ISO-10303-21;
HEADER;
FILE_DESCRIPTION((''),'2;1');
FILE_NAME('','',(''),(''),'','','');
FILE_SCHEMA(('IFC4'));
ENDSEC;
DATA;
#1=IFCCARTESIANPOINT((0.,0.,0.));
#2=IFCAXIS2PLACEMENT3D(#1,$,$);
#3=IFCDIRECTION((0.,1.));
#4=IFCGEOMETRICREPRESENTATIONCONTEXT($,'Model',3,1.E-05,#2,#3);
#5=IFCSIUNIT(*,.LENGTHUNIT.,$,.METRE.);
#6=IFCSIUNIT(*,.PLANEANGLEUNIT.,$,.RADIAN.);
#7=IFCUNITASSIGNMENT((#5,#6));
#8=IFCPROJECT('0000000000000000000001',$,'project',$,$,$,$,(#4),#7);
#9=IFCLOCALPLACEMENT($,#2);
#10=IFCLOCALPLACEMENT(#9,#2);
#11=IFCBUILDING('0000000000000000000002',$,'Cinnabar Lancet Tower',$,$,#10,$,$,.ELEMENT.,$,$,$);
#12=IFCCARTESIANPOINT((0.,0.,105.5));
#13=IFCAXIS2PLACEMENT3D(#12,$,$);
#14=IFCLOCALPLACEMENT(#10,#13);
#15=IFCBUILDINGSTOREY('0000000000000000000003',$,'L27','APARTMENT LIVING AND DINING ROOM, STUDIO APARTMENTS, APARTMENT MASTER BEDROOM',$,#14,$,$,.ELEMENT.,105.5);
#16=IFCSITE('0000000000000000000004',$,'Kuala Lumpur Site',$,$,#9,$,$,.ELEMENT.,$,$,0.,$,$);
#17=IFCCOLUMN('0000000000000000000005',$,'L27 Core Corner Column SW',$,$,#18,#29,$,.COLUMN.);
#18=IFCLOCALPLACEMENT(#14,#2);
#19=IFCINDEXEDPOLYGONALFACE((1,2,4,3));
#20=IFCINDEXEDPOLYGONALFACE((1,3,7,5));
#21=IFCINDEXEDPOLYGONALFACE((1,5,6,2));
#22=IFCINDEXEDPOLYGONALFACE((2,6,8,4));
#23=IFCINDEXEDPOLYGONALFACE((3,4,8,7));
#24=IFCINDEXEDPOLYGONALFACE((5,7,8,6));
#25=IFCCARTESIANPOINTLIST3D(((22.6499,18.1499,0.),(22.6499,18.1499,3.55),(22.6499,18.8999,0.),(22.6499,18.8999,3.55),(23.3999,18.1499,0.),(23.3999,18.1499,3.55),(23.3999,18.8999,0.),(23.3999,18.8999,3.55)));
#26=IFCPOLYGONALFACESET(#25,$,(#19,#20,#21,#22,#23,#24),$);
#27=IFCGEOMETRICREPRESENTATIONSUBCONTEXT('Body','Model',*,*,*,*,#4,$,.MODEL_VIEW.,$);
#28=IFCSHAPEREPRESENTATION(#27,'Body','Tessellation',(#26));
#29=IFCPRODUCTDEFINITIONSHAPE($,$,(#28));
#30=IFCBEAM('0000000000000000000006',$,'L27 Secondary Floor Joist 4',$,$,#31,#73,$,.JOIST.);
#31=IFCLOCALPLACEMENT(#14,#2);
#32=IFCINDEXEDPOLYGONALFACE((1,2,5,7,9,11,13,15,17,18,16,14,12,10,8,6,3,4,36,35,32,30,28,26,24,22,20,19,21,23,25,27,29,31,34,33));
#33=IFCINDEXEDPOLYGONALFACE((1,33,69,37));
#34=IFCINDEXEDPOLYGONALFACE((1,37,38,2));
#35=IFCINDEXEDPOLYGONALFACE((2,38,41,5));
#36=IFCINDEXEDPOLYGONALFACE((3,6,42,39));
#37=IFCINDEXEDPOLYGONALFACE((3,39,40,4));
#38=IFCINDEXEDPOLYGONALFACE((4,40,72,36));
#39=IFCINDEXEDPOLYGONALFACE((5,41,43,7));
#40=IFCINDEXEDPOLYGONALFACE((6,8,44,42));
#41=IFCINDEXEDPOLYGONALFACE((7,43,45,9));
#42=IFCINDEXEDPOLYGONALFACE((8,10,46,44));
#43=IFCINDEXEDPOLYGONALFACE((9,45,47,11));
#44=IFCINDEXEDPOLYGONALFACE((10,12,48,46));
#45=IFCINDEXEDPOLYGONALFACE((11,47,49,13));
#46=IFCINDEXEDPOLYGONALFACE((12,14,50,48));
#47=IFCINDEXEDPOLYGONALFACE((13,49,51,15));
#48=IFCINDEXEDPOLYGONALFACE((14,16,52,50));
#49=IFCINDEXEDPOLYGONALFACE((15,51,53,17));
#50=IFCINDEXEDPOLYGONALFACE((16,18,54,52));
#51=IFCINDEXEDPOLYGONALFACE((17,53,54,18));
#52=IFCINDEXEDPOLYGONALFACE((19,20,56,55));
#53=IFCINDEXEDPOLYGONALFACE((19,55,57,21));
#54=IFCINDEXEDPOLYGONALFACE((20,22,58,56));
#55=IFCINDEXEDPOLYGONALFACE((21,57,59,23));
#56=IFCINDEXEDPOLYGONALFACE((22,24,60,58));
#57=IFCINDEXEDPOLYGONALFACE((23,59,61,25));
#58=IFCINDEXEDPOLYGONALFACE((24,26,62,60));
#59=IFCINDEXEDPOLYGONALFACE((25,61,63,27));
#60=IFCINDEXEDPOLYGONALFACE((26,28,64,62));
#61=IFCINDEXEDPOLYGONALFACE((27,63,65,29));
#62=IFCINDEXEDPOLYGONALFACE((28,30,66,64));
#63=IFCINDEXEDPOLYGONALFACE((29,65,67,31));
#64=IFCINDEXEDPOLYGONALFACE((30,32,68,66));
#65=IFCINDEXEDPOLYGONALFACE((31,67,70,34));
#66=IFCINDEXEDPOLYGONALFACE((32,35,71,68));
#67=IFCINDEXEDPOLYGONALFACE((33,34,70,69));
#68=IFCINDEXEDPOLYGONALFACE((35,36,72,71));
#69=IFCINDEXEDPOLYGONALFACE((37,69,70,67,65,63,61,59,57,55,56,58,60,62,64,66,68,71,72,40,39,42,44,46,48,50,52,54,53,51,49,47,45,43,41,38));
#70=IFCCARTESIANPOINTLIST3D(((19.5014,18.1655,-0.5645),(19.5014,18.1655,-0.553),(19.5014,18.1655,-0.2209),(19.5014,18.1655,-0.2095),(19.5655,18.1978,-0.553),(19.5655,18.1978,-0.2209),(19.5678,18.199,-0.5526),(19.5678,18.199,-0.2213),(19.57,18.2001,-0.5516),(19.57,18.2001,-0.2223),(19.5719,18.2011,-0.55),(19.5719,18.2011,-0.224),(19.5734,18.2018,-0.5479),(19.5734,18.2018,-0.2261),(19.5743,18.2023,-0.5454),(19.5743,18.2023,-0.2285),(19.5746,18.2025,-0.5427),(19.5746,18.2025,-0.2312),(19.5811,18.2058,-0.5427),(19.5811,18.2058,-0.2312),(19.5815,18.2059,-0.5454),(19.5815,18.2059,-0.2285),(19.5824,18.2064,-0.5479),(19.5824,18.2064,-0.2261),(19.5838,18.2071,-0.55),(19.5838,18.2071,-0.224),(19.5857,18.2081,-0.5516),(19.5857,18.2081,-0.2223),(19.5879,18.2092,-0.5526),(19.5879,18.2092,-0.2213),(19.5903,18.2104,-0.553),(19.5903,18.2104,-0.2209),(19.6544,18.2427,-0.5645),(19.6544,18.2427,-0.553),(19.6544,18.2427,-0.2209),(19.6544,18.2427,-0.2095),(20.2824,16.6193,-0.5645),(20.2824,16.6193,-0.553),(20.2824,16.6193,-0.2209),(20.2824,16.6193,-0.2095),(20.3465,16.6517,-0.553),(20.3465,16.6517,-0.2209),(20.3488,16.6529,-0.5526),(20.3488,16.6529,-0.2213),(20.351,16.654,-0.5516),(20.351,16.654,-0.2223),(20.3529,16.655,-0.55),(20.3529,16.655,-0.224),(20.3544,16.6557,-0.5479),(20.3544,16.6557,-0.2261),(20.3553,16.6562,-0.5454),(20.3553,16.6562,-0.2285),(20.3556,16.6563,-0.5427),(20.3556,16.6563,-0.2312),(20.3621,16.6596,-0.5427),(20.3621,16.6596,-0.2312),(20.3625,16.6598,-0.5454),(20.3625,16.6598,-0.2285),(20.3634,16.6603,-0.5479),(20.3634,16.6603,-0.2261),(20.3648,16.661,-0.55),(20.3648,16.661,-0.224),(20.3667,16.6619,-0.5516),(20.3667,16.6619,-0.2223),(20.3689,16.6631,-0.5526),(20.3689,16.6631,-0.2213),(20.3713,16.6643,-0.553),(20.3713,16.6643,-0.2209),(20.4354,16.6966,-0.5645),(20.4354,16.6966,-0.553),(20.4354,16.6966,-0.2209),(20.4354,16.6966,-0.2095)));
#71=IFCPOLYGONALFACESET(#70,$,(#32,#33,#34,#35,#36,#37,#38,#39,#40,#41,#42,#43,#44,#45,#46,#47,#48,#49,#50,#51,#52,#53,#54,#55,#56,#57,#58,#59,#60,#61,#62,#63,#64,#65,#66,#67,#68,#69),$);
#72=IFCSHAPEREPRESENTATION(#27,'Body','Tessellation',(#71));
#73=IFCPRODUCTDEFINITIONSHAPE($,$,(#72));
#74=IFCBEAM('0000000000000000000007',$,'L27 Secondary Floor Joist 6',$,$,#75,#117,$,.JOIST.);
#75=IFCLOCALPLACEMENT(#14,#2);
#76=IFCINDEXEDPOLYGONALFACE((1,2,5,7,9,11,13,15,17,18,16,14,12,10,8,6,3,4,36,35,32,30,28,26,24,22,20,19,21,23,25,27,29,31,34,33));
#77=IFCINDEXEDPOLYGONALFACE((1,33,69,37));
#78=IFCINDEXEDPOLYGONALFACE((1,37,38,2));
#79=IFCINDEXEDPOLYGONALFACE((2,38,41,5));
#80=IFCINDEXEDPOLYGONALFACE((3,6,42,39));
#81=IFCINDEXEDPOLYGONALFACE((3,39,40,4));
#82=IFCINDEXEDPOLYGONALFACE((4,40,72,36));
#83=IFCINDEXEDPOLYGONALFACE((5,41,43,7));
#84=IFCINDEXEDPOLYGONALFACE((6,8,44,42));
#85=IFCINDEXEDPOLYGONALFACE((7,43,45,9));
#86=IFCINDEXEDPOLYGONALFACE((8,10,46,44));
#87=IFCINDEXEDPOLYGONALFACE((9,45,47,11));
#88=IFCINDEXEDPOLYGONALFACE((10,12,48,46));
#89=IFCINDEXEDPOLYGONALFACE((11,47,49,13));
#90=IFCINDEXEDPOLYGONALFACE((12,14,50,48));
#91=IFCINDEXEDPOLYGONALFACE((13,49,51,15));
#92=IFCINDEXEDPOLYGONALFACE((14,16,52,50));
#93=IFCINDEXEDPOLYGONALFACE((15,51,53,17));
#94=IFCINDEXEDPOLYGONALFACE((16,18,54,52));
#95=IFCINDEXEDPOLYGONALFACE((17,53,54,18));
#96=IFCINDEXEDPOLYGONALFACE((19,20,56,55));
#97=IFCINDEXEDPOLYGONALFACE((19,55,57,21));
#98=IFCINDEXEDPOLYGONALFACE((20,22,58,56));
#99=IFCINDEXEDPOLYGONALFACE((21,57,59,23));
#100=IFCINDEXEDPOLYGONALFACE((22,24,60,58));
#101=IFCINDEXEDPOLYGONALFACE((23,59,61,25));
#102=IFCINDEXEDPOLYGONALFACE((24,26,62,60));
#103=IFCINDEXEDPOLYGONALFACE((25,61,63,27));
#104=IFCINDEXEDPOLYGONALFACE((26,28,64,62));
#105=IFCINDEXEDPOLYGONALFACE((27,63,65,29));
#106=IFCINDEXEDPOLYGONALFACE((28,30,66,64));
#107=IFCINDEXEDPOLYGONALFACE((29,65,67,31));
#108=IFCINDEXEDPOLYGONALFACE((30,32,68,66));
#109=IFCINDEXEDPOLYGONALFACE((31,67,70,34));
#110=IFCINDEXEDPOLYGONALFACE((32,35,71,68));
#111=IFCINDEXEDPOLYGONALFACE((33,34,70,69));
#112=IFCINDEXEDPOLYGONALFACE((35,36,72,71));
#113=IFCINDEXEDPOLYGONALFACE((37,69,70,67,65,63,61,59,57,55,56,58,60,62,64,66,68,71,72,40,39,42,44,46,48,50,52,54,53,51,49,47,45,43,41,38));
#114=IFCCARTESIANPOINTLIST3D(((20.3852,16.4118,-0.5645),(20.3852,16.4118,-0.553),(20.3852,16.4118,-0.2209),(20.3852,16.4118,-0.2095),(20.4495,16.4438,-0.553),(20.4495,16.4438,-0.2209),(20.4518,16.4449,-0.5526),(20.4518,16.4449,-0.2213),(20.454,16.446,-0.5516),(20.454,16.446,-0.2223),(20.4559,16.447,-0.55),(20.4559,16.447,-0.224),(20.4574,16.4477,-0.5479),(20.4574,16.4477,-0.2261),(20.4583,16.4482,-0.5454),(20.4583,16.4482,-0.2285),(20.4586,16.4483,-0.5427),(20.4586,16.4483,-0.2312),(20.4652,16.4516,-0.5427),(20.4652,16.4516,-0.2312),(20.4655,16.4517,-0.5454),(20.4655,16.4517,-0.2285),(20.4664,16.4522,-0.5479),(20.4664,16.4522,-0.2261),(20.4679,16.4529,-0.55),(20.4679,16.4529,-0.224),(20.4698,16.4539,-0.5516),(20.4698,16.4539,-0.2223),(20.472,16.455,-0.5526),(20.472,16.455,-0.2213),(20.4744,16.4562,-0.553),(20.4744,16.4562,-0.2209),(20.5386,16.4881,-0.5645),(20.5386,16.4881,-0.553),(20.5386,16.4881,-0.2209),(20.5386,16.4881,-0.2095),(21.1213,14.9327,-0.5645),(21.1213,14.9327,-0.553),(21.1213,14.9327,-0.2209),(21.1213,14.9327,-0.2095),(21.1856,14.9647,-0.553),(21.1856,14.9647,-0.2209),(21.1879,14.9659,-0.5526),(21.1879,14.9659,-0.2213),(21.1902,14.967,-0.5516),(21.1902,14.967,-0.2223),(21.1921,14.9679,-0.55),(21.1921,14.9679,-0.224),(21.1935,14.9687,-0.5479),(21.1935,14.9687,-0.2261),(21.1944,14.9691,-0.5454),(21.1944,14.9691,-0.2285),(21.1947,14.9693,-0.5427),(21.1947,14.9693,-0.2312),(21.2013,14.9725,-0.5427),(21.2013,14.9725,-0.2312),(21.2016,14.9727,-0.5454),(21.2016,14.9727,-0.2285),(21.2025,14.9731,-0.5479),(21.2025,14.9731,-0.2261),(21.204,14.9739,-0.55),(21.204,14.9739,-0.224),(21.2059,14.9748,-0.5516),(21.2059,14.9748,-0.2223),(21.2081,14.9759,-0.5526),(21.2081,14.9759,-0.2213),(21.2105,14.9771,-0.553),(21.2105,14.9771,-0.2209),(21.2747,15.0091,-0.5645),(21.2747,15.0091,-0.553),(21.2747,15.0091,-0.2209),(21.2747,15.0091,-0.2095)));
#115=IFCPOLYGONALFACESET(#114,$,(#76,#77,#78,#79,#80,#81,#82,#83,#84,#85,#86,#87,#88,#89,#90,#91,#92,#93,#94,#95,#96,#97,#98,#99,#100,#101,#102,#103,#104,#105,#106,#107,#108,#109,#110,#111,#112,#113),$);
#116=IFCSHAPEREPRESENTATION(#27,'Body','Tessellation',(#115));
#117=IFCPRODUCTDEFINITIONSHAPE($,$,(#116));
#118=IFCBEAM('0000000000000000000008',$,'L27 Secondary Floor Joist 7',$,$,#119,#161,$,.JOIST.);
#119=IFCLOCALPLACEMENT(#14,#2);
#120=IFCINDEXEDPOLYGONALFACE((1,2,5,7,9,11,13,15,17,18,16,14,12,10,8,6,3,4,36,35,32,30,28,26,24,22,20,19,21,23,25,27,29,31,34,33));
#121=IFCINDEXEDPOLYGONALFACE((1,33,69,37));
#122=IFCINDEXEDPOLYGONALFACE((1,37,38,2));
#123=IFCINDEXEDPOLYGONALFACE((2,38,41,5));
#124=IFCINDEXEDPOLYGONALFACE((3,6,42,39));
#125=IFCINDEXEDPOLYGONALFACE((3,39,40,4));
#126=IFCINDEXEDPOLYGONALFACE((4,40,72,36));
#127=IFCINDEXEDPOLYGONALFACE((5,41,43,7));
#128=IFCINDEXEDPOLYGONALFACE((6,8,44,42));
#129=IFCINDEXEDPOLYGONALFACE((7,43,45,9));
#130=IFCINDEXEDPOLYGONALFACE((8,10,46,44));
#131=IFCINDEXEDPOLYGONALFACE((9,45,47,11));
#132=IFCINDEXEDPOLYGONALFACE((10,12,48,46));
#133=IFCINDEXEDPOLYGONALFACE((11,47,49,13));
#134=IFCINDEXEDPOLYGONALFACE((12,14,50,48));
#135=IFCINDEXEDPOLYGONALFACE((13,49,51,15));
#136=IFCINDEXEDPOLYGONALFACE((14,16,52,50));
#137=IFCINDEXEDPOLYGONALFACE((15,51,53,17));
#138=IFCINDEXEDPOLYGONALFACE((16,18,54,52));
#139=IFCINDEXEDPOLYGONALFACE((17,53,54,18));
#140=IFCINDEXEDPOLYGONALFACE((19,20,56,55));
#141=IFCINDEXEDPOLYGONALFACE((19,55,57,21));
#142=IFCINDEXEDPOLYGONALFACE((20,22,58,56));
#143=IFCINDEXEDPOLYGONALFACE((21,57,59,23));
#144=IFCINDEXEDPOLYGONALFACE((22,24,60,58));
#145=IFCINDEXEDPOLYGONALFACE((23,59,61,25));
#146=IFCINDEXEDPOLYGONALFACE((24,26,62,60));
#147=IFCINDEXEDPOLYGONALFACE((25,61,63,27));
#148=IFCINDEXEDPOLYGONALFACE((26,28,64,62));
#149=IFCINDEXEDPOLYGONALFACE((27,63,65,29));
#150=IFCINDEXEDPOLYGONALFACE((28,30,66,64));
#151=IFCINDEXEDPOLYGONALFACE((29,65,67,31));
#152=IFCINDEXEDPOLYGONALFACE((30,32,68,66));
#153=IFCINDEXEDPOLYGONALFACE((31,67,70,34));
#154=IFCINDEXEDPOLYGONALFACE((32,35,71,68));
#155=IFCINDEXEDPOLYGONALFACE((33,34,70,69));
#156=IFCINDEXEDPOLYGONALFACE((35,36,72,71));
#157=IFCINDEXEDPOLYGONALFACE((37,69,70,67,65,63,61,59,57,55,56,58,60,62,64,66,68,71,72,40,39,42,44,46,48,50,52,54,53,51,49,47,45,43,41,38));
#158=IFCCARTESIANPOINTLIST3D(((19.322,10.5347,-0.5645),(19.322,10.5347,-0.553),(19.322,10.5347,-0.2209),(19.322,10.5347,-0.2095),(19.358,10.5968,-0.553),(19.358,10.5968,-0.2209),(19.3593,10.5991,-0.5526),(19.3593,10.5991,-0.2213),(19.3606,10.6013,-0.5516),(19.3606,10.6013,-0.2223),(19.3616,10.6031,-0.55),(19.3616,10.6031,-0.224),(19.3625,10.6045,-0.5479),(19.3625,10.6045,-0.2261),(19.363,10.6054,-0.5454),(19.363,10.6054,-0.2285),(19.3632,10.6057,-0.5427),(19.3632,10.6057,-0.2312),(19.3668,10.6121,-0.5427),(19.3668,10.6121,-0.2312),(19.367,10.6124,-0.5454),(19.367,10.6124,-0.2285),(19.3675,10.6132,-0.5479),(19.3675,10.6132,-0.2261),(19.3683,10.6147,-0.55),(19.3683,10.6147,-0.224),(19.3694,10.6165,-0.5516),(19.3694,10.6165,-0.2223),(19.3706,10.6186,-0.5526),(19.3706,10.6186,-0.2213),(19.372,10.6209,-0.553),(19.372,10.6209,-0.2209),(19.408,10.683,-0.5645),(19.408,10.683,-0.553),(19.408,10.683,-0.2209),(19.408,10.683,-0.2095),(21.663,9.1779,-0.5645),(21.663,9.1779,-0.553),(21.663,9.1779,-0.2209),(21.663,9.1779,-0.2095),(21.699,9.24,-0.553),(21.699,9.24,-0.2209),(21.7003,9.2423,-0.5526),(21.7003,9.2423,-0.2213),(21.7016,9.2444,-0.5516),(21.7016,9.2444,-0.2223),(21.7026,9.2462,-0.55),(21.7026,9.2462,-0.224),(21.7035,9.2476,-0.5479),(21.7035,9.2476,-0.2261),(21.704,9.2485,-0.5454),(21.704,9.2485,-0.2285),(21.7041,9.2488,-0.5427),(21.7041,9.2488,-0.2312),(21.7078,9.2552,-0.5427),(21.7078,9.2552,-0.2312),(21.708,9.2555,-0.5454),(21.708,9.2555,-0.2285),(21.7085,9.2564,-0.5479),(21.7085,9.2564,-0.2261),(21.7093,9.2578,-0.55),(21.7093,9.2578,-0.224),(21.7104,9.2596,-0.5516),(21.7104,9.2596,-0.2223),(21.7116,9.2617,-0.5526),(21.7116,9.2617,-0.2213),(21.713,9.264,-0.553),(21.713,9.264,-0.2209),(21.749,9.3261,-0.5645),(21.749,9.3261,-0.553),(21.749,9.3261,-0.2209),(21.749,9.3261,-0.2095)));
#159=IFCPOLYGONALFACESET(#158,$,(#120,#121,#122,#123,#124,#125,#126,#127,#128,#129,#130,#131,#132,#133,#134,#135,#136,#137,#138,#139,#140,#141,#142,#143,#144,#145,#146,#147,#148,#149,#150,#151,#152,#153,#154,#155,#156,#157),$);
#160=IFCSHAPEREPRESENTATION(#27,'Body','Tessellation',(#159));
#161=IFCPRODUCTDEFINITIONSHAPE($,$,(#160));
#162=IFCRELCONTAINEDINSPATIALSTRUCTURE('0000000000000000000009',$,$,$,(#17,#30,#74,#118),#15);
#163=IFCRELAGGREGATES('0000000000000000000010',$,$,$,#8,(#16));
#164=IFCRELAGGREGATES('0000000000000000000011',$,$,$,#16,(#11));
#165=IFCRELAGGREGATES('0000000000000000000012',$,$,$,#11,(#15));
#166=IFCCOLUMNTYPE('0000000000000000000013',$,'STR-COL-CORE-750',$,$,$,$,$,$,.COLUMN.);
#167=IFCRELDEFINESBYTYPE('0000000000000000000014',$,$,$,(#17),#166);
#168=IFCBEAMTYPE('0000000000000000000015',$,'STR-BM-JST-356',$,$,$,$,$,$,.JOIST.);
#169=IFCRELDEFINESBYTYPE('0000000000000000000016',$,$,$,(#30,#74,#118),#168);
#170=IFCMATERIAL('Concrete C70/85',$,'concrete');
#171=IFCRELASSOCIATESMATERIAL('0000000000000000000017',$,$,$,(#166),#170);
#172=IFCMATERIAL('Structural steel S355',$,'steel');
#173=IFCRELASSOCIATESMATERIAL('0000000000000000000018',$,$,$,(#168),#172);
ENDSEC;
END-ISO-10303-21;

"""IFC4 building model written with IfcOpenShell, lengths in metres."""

from ifc_helpers import new_model, si_unit, direction, frame, origin, origin_2d, place, context, subcontext, project, spatial, rectangle, i_section, extrude, material, material_profile, profile_set, type_object, element, save


model = new_model("IFC4")

# Units and contexts
model_context = context("Model", 3, precision=1e-05, world=origin(), true_north=direction((0.0, 1.0)))
body_context = subcontext(model_context, "Body", "Model", "MODEL_VIEW")
ifc_project = project(units=[si_unit("LENGTHUNIT", "METRE"), si_unit("PLANEANGLEUNIT", "RADIAN")], contexts=[model_context])

# Site, building, storey
site_placement = place(None, origin())
site = spatial("IfcSite", under=ifc_project, at=site_placement, Name="Kuala Lumpur Site", CompositionType="ELEMENT", RefElevation=0.0)
building_placement = place(site_placement, origin())
building = spatial("IfcBuilding", under=site, at=building_placement, Name="Cinnabar Lancet Tower", CompositionType="ELEMENT")
storey_placement = place(building_placement, frame((0.0, 0.0, 105.5)))
storey = spatial("IfcBuildingStorey", under=building, at=storey_placement, Name="L27", Description="APARTMENT LIVING AND DINING ROOM, STUDIO APARTMENTS, APARTMENT MASTER BEDROOM", CompositionType="ELEMENT", Elevation=105.5)

# Column
ifc_material_1 = material(Name="Concrete C70/85", Category="concrete")
ifc_material_profile_1 = material_profile(ifc_material_1, rectangle(XDim=0.75, YDim=0.75, at=origin_2d()), Name="RC-COL 750x750")
ifc_profile_set_1 = profile_set([ifc_material_profile_1], Name="Concrete C70/85")
column_type = type_object("IfcColumnType", Name="STR-COL-CORE-750", PredefinedType="COLUMN", material=ifc_profile_set_1)
column_placement = place(storey_placement, frame((23.0249, 18.5249, 0.0), z_axis=(0.0, 0.0, 1.0), x_axis=(1.0, 0.0, 0.0)))
element("IfcColumn", 1, at=column_placement, inside=storey, type_object=column_type, Name="L27 Core Corner Column SW", PredefinedType="COLUMN", context=body_context, shape_type="SweptSolid", body=[
    extrude(rectangle(XDim=0.75, YDim=0.75, at=origin_2d()), origin(), (0.0, 0.0, 1.0), 3.55),
])

# Beams
ifc_material_2 = material(Name="Structural steel S355", Category="steel")
ifc_material_profile_2 = material_profile(ifc_material_2, i_section(OverallWidth=0.1714, OverallDepth=0.355, WebThickness=0.0073, FlangeThickness=0.0115, FilletRadius=0.0103, at=origin_2d()), Name="UKB 356x171x51")
ifc_profile_set_2 = profile_set([ifc_material_profile_2], Name="Structural steel S355")
beam_type_1 = type_object("IfcBeamType", Name="STR-BM-JST-356", PredefinedType="JOIST", material=ifc_profile_set_2)
beam_1_placement = place(storey_placement, frame((19.5779, 18.2041, -0.387), z_axis=(0.450874, -0.892587, 0.0), x_axis=(0.892587, 0.450874, 0.0)))
element("IfcBeam", 2, at=beam_1_placement, inside=storey, type_object=beam_type_1, Name="L27 Secondary Floor Joist 4", PredefinedType="JOIST", context=body_context, shape_type="SweptSolid", body=[
    extrude(i_section(OverallWidth=0.1714, OverallDepth=0.355, WebThickness=0.0073, FlangeThickness=0.0115, FilletRadius=0.0103, at=origin_2d()), origin(), (0.0, 0.0, 1.0), 1.7322),
])
beam_2_placement = place(storey_placement, frame((20.4619, 16.45, -0.387), z_axis=(0.445558, -0.895253, 0.0), x_axis=(0.895253, 0.445558, 0.0)))
element("IfcBeam", 3, at=beam_2_placement, inside=storey, type_object=beam_type_1, Name="L27 Secondary Floor Joist 6", PredefinedType="JOIST", context=body_context, shape_type="SweptSolid", body=[
    extrude(i_section(OverallWidth=0.1714, OverallDepth=0.355, WebThickness=0.0073, FlangeThickness=0.0115, FilletRadius=0.0103, at=origin_2d()), origin(), (0.0, 0.0, 1.0), 1.6521),
])
beam_3_placement = place(storey_placement, frame((19.365, 10.6089, -0.387), z_axis=(0.865173, -0.501474, 0.0), x_axis=(0.501474, 0.865173, 0.0)))
element("IfcBeam", 4, at=beam_3_placement, inside=storey, type_object=beam_type_1, Name="L27 Secondary Floor Joist 7", PredefinedType="JOIST", context=body_context, shape_type="SweptSolid", body=[
    extrude(i_section(OverallWidth=0.1714, OverallDepth=0.355, WebThickness=0.0073, FlangeThickness=0.0115, FilletRadius=0.0103, at=origin_2d()), origin(), (0.0, 0.0, 1.0), 2.7058),
])

save(model, "model.ifc")
